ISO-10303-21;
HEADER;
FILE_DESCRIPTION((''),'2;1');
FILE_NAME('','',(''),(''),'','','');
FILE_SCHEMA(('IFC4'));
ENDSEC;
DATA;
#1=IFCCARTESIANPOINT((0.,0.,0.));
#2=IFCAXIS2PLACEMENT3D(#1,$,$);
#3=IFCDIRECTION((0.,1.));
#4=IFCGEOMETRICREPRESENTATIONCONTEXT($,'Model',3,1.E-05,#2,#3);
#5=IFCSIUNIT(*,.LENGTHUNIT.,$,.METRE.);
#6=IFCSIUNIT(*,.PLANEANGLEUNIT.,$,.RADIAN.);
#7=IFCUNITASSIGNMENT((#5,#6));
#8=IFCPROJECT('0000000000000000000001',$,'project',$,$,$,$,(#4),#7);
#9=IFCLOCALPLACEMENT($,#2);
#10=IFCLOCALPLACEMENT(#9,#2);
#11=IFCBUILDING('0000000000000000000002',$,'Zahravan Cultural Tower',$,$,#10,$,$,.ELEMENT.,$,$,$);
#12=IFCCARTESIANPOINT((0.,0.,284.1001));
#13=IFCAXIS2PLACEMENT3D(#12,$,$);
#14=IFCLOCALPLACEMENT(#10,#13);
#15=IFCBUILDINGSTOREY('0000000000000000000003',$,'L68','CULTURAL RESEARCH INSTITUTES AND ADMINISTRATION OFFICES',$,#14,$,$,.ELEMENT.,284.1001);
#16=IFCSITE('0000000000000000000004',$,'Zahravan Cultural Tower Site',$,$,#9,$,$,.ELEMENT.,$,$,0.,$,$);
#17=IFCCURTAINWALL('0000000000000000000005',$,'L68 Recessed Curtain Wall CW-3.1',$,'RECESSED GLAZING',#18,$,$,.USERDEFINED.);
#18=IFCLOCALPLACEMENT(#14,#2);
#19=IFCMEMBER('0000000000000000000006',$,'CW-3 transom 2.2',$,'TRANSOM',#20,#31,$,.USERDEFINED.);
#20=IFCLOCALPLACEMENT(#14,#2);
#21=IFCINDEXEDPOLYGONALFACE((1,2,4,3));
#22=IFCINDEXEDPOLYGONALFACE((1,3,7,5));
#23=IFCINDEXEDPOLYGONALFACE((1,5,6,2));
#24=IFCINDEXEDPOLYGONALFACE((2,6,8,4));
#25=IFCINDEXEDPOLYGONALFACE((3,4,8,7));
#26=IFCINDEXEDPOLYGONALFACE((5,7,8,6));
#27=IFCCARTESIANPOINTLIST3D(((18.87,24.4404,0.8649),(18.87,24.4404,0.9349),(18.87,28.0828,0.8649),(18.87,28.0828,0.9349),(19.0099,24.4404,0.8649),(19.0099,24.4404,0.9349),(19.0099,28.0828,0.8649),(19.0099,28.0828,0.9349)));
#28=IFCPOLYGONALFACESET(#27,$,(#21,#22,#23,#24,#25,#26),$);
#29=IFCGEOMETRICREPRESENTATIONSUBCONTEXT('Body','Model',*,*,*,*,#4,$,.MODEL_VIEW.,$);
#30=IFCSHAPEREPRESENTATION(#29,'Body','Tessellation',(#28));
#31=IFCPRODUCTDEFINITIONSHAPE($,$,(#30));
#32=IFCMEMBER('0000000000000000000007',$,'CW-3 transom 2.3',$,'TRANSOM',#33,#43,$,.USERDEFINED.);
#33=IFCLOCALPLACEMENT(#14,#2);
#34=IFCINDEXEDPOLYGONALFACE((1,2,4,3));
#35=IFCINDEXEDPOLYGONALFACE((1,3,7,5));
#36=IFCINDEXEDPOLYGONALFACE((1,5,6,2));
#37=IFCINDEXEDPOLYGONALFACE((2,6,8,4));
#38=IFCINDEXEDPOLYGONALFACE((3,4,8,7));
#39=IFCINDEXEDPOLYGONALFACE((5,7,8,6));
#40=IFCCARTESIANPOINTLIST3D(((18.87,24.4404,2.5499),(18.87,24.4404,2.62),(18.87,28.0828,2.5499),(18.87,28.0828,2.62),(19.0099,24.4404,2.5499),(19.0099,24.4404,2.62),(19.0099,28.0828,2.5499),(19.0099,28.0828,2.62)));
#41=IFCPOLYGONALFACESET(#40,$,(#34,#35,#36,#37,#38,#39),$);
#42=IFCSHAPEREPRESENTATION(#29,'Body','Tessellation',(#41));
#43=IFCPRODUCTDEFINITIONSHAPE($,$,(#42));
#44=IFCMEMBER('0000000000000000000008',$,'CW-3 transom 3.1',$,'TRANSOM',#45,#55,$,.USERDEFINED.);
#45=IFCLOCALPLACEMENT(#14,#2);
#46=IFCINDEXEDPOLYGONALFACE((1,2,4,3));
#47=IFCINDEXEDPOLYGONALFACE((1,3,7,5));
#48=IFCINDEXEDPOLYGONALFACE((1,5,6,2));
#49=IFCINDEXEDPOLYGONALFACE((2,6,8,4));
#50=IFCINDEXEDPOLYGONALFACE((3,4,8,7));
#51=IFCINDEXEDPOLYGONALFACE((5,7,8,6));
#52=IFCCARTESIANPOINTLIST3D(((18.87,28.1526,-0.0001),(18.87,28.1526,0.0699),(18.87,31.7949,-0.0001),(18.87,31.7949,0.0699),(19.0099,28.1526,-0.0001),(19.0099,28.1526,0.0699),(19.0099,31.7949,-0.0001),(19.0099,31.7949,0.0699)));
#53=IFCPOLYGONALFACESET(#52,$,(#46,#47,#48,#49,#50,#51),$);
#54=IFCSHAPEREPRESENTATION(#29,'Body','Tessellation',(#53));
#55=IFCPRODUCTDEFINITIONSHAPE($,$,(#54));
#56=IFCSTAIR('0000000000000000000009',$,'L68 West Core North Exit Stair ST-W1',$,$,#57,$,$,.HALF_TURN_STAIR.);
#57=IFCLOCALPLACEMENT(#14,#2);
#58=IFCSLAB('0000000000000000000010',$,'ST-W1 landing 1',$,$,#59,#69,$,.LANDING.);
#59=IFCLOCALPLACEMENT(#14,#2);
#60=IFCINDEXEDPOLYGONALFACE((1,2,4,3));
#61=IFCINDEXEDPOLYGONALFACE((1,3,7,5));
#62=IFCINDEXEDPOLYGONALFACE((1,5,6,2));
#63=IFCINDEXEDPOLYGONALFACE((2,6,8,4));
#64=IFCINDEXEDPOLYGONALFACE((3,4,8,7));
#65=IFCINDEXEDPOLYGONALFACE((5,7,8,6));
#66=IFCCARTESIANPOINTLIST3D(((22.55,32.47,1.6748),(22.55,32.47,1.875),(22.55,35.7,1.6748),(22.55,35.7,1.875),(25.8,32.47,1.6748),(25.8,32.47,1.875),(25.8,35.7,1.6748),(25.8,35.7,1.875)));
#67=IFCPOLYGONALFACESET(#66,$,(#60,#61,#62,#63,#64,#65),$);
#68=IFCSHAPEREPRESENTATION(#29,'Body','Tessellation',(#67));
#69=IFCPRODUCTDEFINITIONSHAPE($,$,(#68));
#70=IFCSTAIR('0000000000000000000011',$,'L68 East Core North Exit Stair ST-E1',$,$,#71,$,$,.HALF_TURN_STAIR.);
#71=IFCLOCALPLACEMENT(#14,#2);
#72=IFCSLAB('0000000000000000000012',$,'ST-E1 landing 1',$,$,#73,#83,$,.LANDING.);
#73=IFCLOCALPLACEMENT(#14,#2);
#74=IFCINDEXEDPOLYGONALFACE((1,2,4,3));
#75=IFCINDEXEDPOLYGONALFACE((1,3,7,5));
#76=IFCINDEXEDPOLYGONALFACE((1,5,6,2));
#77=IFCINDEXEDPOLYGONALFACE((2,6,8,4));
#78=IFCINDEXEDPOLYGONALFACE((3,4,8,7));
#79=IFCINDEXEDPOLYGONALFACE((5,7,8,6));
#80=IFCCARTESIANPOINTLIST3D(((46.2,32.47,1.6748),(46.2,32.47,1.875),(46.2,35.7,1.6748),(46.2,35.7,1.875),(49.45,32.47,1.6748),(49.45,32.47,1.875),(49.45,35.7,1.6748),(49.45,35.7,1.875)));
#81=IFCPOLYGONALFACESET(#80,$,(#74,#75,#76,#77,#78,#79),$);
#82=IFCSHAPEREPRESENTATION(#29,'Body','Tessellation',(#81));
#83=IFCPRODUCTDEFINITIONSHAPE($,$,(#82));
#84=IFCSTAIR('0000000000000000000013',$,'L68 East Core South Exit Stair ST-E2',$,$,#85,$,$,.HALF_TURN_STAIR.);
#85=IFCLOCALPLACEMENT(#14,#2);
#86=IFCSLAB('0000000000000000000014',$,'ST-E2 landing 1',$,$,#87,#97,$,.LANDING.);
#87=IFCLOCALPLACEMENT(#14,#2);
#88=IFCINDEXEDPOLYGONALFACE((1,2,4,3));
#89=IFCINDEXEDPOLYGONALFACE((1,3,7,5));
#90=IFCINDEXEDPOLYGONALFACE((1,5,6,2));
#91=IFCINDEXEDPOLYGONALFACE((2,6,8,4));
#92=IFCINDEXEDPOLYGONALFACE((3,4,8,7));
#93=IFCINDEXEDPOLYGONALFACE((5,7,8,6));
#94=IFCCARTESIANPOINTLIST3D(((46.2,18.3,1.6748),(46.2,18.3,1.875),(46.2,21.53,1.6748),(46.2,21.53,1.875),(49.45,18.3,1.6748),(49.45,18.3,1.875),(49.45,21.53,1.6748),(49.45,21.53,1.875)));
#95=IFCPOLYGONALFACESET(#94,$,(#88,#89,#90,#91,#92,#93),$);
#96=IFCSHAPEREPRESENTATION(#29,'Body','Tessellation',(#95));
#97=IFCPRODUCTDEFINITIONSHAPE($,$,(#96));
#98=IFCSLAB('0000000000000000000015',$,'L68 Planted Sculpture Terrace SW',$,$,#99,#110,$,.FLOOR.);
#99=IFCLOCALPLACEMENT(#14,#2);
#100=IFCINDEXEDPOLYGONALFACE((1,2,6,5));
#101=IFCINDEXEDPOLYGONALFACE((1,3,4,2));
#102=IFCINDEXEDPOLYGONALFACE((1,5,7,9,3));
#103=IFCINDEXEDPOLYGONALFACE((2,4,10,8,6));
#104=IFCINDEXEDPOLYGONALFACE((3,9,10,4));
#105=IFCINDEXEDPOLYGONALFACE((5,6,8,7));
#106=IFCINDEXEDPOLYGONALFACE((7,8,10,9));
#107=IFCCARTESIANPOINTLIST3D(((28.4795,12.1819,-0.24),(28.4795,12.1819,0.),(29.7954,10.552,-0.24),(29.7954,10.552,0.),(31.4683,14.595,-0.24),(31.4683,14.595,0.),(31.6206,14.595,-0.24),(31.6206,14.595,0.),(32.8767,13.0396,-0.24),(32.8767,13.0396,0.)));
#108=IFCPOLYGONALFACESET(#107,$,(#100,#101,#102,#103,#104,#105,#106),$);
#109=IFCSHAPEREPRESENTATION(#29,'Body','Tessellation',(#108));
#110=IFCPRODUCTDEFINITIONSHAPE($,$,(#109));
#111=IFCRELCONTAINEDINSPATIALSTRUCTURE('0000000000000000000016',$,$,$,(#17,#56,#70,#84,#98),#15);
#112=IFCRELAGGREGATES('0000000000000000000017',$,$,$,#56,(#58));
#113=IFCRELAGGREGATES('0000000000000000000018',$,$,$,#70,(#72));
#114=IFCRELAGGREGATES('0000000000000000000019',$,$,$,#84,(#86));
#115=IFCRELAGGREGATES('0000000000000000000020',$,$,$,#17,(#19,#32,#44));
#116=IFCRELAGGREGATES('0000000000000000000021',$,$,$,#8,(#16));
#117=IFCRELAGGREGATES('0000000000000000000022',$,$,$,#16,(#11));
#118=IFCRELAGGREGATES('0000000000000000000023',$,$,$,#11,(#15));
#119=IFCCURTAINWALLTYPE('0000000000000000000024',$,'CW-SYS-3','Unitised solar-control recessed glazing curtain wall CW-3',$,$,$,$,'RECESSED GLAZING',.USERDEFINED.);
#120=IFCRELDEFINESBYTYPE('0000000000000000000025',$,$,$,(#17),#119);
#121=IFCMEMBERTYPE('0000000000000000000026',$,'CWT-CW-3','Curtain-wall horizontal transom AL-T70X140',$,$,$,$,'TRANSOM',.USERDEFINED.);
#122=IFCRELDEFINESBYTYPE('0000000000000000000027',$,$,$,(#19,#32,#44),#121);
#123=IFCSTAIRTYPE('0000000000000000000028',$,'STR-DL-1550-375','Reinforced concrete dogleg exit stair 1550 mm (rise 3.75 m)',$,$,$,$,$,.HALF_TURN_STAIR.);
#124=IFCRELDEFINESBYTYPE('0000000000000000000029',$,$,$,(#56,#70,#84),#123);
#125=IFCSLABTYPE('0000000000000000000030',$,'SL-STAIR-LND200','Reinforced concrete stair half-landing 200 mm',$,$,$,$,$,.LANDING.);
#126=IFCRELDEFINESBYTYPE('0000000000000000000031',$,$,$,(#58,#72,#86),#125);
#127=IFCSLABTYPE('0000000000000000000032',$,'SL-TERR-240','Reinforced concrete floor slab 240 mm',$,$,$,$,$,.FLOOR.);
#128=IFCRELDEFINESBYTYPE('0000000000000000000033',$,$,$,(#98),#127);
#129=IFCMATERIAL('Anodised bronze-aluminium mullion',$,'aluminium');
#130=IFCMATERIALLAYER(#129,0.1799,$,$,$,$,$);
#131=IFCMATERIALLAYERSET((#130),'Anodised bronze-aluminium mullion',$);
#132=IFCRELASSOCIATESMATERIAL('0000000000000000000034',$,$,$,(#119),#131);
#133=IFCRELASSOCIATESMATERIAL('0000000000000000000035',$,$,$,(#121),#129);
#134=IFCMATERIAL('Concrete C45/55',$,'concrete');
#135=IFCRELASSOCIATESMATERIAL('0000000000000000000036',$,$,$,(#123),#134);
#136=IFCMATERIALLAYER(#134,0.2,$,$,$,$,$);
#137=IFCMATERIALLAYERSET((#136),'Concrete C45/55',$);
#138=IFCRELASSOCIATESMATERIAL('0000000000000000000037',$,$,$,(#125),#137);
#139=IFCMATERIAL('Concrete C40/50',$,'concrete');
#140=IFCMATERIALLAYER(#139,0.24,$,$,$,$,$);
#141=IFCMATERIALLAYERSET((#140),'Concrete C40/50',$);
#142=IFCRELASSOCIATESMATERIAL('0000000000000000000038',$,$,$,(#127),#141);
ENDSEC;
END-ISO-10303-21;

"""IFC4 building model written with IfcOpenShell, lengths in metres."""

from ifc_helpers import new_model, si_unit, direction, frame, origin, origin_2d, place, context, subcontext, project, spatial, polyline, rectangle, outline, extrude, source, transform, mapped, material, layer, layer_set, material_profile, profile_set, type_object, element, aggregate, save


model = new_model("IFC4")

# Units and contexts
model_context = context("Model", 3, precision=1e-05, world=origin(), true_north=direction((0.0, 1.0)))
body_context = subcontext(model_context, "Body", "Model", "MODEL_VIEW")
ifc_project = project(units=[si_unit("LENGTHUNIT", "METRE"), si_unit("PLANEANGLEUNIT", "RADIAN")], contexts=[model_context])

# Site, building, storey
site_placement = place(None, origin())
site = spatial("IfcSite", under=ifc_project, at=site_placement, Name="Zahravan Cultural Tower Site", CompositionType="ELEMENT", RefElevation=0.0)
building_placement = place(site_placement, origin())
building = spatial("IfcBuilding", under=site, at=building_placement, Name="Zahravan Cultural Tower", CompositionType="ELEMENT")
storey_placement = place(building_placement, frame((0.0, 0.0, 284.1001)))
storey = spatial("IfcBuildingStorey", under=building, at=storey_placement, Name="L68", Description="CULTURAL RESEARCH INSTITUTES AND ADMINISTRATION OFFICES", CompositionType="ELEMENT", Elevation=284.1001)

# Curtain wall, members
ifc_material_1 = material(Name="Anodised bronze-aluminium mullion", Category="aluminium")
ifc_layer_1 = layer(ifc_material_1, 0.1799)
ifc_layer_set_1 = layer_set([ifc_layer_1], Name="Anodised bronze-aluminium mullion")
curtain_wall_type = type_object("IfcCurtainWallType", Name="CW-SYS-3", Description="Unitised solar-control recessed glazing curtain wall CW-3", ElementType="RECESSED GLAZING", PredefinedType="USERDEFINED", material=ifc_layer_set_1)
curtain_wall_placement = place(storey_placement, origin())
curtain_wall = element("IfcCurtainWall", 1, at=curtain_wall_placement, inside=storey, type_object=curtain_wall_type, Name="L68 Recessed Curtain Wall CW-3.1", ObjectType="RECESSED GLAZING", PredefinedType="USERDEFINED")
ifc_material_profile_1 = material_profile(ifc_material_1, rectangle(XDim=0.1399, YDim=0.0701, at=origin_2d()), Name="AL-T70X140")
ifc_profile_set_1 = profile_set([ifc_material_profile_1], Name="Anodised bronze-aluminium mullion")
member_type_1 = type_object("IfcMemberType", Name="CWT-CW-3", Description="Curtain-wall horizontal transom AL-T70X140", ElementType="TRANSOM", PredefinedType="USERDEFINED", material=ifc_profile_set_1)
shared_shape_1 = source(origin(), body_context, "Body", "SweptSolid", [
    extrude(rectangle(XDim=0.1399, YDim=0.0701, at=origin_2d()), origin(), (0.0, 0.0, 1.0), 3.6423),
])
member_1_placement = place(storey_placement, frame((18.9399, 24.4404, 0.8999), z_axis=(0.0, 1.0, 0.0), x_axis=(-1.0, 0.0, 0.0)))
member_1 = element("IfcMember", 2, at=member_1_placement, type_object=member_type_1, Name="CW-3 transom 2.2", ObjectType="TRANSOM", PredefinedType="USERDEFINED", context=body_context, shape_type="MappedRepresentation", body=[
    mapped(shared_shape_1, transform((0.0, 0.0, 0.0), x_axis=(1.0, 0.0, 0.0), y_axis=(0.0, 1.0, 0.0), z_axis=(0.0, 0.0, 1.0), scale=1.0)),
])
member_2_placement = place(storey_placement, frame((18.9399, 24.4404, 2.585), z_axis=(0.0, 1.0, 0.0), x_axis=(-1.0, 0.0, 0.0)))
member_2 = element("IfcMember", 3, at=member_2_placement, type_object=member_type_1, Name="CW-3 transom 2.3", ObjectType="TRANSOM", PredefinedType="USERDEFINED", context=body_context, shape_type="MappedRepresentation", body=[
    mapped(shared_shape_1, transform((0.0, 0.0, 0.0), x_axis=(1.0, 0.0, 0.0), y_axis=(0.0, 1.0, 0.0), z_axis=(0.0, 0.0, 1.0), scale=1.0)),
])
member_3_placement = place(storey_placement, frame((18.9399, 28.1526, 0.0349), z_axis=(0.0, 1.0, 0.0), x_axis=(-1.0, 0.0, 0.0)))
member_3 = element("IfcMember", 4, at=member_3_placement, type_object=member_type_1, Name="CW-3 transom 3.1", ObjectType="TRANSOM", PredefinedType="USERDEFINED", context=body_context, shape_type="MappedRepresentation", body=[
    mapped(shared_shape_1, transform((0.0, 0.0, 0.0), x_axis=(1.0, 0.0, 0.0), y_axis=(0.0, 1.0, 0.0), z_axis=(0.0, 0.0, 1.0), scale=1.0)),
])

# Stairs, slabs
ifc_material_2 = material(Name="Concrete C45/55", Category="concrete")
stair_type = type_object("IfcStairType", Name="STR-DL-1550-375", Description="Reinforced concrete dogleg exit stair 1550 mm (rise 3.75 m)", PredefinedType="HALF_TURN_STAIR", material=ifc_material_2)
stair_1_placement = place(storey_placement, origin())
stair_1 = element("IfcStair", 5, at=stair_1_placement, inside=storey, type_object=stair_type, Name="L68 West Core North Exit Stair ST-W1", PredefinedType="HALF_TURN_STAIR")
ifc_layer_2 = layer(ifc_material_2, 0.2)
ifc_layer_set_2 = layer_set([ifc_layer_2], Name="Concrete C45/55")
slab_type_1 = type_object("IfcSlabType", Name="SL-STAIR-LND200", Description="Reinforced concrete stair half-landing 200 mm", PredefinedType="LANDING", material=ifc_layer_set_2)
slab_1_placement = place(storey_placement, frame((0.0, 0.0, 1.6748)))
slab_1 = element("IfcSlab", 6, at=slab_1_placement, type_object=slab_type_1, Name="ST-W1 landing 1", PredefinedType="LANDING", context=body_context, shape_type="SweptSolid", body=[
    extrude(outline(polyline([(25.8, 32.47), (25.8, 35.7), (22.55, 35.7), (22.55, 32.47), (25.8, 32.47)])), origin(), (0.0, 0.0, 1.0), 0.2002),
])
aggregate(stair_1, [slab_1])
stair_2_placement = place(storey_placement, origin())
stair_2 = element("IfcStair", 7, at=stair_2_placement, inside=storey, type_object=stair_type, Name="L68 East Core North Exit Stair ST-E1", PredefinedType="HALF_TURN_STAIR")
slab_2_placement = place(storey_placement, frame((0.0, 0.0, 1.6748)))
slab_2 = element("IfcSlab", 8, at=slab_2_placement, type_object=slab_type_1, Name="ST-E1 landing 1", PredefinedType="LANDING", context=body_context, shape_type="SweptSolid", body=[
    extrude(outline(polyline([(49.45, 32.47), (49.45, 35.7), (46.2, 35.7), (46.2, 32.47), (49.45, 32.47)])), origin(), (0.0, 0.0, 1.0), 0.2002),
])
aggregate(stair_2, [slab_2])
stair_3_placement = place(storey_placement, origin())
stair_3 = element("IfcStair", 9, at=stair_3_placement, inside=storey, type_object=stair_type, Name="L68 East Core South Exit Stair ST-E2", PredefinedType="HALF_TURN_STAIR")
slab_3_placement = place(storey_placement, frame((0.0, 0.0, 1.6748)))
slab_3 = element("IfcSlab", 10, at=slab_3_placement, type_object=slab_type_1, Name="ST-E2 landing 1", PredefinedType="LANDING", context=body_context, shape_type="SweptSolid", body=[
    extrude(outline(polyline([(46.2, 21.53), (46.2, 18.3), (49.45, 18.3), (49.45, 21.53), (46.2, 21.53)])), origin(), (0.0, 0.0, 1.0), 0.2002),
])
aggregate(stair_3, [slab_3])

# Slab
ifc_material_3 = material(Name="Concrete C40/50", Category="concrete")
ifc_layer_3 = layer(ifc_material_3, 0.24)
ifc_layer_set_3 = layer_set([ifc_layer_3], Name="Concrete C40/50")
slab_type_2 = type_object("IfcSlabType", Name="SL-TERR-240", Description="Reinforced concrete floor slab 240 mm", PredefinedType="FLOOR", material=ifc_layer_set_3)
slab_4_placement = place(storey_placement, frame((0.0, 0.0, -0.24)))
element("IfcSlab", 11, at=slab_4_placement, inside=storey, type_object=slab_type_2, Name="L68 Planted Sculpture Terrace SW", PredefinedType="FLOOR", context=body_context, shape_type="SweptSolid", body=[
    extrude(outline(polyline([(32.8767, 13.0396), (31.6206, 14.595), (31.4683, 14.595), (28.4795, 12.1819), (29.7954, 10.552), (32.8767, 13.0396)])), origin(), (0.0, 0.0, 1.0), 0.24),
])

aggregate(curtain_wall, [member_1, member_2, member_3])

save(model, "model.ifc")
